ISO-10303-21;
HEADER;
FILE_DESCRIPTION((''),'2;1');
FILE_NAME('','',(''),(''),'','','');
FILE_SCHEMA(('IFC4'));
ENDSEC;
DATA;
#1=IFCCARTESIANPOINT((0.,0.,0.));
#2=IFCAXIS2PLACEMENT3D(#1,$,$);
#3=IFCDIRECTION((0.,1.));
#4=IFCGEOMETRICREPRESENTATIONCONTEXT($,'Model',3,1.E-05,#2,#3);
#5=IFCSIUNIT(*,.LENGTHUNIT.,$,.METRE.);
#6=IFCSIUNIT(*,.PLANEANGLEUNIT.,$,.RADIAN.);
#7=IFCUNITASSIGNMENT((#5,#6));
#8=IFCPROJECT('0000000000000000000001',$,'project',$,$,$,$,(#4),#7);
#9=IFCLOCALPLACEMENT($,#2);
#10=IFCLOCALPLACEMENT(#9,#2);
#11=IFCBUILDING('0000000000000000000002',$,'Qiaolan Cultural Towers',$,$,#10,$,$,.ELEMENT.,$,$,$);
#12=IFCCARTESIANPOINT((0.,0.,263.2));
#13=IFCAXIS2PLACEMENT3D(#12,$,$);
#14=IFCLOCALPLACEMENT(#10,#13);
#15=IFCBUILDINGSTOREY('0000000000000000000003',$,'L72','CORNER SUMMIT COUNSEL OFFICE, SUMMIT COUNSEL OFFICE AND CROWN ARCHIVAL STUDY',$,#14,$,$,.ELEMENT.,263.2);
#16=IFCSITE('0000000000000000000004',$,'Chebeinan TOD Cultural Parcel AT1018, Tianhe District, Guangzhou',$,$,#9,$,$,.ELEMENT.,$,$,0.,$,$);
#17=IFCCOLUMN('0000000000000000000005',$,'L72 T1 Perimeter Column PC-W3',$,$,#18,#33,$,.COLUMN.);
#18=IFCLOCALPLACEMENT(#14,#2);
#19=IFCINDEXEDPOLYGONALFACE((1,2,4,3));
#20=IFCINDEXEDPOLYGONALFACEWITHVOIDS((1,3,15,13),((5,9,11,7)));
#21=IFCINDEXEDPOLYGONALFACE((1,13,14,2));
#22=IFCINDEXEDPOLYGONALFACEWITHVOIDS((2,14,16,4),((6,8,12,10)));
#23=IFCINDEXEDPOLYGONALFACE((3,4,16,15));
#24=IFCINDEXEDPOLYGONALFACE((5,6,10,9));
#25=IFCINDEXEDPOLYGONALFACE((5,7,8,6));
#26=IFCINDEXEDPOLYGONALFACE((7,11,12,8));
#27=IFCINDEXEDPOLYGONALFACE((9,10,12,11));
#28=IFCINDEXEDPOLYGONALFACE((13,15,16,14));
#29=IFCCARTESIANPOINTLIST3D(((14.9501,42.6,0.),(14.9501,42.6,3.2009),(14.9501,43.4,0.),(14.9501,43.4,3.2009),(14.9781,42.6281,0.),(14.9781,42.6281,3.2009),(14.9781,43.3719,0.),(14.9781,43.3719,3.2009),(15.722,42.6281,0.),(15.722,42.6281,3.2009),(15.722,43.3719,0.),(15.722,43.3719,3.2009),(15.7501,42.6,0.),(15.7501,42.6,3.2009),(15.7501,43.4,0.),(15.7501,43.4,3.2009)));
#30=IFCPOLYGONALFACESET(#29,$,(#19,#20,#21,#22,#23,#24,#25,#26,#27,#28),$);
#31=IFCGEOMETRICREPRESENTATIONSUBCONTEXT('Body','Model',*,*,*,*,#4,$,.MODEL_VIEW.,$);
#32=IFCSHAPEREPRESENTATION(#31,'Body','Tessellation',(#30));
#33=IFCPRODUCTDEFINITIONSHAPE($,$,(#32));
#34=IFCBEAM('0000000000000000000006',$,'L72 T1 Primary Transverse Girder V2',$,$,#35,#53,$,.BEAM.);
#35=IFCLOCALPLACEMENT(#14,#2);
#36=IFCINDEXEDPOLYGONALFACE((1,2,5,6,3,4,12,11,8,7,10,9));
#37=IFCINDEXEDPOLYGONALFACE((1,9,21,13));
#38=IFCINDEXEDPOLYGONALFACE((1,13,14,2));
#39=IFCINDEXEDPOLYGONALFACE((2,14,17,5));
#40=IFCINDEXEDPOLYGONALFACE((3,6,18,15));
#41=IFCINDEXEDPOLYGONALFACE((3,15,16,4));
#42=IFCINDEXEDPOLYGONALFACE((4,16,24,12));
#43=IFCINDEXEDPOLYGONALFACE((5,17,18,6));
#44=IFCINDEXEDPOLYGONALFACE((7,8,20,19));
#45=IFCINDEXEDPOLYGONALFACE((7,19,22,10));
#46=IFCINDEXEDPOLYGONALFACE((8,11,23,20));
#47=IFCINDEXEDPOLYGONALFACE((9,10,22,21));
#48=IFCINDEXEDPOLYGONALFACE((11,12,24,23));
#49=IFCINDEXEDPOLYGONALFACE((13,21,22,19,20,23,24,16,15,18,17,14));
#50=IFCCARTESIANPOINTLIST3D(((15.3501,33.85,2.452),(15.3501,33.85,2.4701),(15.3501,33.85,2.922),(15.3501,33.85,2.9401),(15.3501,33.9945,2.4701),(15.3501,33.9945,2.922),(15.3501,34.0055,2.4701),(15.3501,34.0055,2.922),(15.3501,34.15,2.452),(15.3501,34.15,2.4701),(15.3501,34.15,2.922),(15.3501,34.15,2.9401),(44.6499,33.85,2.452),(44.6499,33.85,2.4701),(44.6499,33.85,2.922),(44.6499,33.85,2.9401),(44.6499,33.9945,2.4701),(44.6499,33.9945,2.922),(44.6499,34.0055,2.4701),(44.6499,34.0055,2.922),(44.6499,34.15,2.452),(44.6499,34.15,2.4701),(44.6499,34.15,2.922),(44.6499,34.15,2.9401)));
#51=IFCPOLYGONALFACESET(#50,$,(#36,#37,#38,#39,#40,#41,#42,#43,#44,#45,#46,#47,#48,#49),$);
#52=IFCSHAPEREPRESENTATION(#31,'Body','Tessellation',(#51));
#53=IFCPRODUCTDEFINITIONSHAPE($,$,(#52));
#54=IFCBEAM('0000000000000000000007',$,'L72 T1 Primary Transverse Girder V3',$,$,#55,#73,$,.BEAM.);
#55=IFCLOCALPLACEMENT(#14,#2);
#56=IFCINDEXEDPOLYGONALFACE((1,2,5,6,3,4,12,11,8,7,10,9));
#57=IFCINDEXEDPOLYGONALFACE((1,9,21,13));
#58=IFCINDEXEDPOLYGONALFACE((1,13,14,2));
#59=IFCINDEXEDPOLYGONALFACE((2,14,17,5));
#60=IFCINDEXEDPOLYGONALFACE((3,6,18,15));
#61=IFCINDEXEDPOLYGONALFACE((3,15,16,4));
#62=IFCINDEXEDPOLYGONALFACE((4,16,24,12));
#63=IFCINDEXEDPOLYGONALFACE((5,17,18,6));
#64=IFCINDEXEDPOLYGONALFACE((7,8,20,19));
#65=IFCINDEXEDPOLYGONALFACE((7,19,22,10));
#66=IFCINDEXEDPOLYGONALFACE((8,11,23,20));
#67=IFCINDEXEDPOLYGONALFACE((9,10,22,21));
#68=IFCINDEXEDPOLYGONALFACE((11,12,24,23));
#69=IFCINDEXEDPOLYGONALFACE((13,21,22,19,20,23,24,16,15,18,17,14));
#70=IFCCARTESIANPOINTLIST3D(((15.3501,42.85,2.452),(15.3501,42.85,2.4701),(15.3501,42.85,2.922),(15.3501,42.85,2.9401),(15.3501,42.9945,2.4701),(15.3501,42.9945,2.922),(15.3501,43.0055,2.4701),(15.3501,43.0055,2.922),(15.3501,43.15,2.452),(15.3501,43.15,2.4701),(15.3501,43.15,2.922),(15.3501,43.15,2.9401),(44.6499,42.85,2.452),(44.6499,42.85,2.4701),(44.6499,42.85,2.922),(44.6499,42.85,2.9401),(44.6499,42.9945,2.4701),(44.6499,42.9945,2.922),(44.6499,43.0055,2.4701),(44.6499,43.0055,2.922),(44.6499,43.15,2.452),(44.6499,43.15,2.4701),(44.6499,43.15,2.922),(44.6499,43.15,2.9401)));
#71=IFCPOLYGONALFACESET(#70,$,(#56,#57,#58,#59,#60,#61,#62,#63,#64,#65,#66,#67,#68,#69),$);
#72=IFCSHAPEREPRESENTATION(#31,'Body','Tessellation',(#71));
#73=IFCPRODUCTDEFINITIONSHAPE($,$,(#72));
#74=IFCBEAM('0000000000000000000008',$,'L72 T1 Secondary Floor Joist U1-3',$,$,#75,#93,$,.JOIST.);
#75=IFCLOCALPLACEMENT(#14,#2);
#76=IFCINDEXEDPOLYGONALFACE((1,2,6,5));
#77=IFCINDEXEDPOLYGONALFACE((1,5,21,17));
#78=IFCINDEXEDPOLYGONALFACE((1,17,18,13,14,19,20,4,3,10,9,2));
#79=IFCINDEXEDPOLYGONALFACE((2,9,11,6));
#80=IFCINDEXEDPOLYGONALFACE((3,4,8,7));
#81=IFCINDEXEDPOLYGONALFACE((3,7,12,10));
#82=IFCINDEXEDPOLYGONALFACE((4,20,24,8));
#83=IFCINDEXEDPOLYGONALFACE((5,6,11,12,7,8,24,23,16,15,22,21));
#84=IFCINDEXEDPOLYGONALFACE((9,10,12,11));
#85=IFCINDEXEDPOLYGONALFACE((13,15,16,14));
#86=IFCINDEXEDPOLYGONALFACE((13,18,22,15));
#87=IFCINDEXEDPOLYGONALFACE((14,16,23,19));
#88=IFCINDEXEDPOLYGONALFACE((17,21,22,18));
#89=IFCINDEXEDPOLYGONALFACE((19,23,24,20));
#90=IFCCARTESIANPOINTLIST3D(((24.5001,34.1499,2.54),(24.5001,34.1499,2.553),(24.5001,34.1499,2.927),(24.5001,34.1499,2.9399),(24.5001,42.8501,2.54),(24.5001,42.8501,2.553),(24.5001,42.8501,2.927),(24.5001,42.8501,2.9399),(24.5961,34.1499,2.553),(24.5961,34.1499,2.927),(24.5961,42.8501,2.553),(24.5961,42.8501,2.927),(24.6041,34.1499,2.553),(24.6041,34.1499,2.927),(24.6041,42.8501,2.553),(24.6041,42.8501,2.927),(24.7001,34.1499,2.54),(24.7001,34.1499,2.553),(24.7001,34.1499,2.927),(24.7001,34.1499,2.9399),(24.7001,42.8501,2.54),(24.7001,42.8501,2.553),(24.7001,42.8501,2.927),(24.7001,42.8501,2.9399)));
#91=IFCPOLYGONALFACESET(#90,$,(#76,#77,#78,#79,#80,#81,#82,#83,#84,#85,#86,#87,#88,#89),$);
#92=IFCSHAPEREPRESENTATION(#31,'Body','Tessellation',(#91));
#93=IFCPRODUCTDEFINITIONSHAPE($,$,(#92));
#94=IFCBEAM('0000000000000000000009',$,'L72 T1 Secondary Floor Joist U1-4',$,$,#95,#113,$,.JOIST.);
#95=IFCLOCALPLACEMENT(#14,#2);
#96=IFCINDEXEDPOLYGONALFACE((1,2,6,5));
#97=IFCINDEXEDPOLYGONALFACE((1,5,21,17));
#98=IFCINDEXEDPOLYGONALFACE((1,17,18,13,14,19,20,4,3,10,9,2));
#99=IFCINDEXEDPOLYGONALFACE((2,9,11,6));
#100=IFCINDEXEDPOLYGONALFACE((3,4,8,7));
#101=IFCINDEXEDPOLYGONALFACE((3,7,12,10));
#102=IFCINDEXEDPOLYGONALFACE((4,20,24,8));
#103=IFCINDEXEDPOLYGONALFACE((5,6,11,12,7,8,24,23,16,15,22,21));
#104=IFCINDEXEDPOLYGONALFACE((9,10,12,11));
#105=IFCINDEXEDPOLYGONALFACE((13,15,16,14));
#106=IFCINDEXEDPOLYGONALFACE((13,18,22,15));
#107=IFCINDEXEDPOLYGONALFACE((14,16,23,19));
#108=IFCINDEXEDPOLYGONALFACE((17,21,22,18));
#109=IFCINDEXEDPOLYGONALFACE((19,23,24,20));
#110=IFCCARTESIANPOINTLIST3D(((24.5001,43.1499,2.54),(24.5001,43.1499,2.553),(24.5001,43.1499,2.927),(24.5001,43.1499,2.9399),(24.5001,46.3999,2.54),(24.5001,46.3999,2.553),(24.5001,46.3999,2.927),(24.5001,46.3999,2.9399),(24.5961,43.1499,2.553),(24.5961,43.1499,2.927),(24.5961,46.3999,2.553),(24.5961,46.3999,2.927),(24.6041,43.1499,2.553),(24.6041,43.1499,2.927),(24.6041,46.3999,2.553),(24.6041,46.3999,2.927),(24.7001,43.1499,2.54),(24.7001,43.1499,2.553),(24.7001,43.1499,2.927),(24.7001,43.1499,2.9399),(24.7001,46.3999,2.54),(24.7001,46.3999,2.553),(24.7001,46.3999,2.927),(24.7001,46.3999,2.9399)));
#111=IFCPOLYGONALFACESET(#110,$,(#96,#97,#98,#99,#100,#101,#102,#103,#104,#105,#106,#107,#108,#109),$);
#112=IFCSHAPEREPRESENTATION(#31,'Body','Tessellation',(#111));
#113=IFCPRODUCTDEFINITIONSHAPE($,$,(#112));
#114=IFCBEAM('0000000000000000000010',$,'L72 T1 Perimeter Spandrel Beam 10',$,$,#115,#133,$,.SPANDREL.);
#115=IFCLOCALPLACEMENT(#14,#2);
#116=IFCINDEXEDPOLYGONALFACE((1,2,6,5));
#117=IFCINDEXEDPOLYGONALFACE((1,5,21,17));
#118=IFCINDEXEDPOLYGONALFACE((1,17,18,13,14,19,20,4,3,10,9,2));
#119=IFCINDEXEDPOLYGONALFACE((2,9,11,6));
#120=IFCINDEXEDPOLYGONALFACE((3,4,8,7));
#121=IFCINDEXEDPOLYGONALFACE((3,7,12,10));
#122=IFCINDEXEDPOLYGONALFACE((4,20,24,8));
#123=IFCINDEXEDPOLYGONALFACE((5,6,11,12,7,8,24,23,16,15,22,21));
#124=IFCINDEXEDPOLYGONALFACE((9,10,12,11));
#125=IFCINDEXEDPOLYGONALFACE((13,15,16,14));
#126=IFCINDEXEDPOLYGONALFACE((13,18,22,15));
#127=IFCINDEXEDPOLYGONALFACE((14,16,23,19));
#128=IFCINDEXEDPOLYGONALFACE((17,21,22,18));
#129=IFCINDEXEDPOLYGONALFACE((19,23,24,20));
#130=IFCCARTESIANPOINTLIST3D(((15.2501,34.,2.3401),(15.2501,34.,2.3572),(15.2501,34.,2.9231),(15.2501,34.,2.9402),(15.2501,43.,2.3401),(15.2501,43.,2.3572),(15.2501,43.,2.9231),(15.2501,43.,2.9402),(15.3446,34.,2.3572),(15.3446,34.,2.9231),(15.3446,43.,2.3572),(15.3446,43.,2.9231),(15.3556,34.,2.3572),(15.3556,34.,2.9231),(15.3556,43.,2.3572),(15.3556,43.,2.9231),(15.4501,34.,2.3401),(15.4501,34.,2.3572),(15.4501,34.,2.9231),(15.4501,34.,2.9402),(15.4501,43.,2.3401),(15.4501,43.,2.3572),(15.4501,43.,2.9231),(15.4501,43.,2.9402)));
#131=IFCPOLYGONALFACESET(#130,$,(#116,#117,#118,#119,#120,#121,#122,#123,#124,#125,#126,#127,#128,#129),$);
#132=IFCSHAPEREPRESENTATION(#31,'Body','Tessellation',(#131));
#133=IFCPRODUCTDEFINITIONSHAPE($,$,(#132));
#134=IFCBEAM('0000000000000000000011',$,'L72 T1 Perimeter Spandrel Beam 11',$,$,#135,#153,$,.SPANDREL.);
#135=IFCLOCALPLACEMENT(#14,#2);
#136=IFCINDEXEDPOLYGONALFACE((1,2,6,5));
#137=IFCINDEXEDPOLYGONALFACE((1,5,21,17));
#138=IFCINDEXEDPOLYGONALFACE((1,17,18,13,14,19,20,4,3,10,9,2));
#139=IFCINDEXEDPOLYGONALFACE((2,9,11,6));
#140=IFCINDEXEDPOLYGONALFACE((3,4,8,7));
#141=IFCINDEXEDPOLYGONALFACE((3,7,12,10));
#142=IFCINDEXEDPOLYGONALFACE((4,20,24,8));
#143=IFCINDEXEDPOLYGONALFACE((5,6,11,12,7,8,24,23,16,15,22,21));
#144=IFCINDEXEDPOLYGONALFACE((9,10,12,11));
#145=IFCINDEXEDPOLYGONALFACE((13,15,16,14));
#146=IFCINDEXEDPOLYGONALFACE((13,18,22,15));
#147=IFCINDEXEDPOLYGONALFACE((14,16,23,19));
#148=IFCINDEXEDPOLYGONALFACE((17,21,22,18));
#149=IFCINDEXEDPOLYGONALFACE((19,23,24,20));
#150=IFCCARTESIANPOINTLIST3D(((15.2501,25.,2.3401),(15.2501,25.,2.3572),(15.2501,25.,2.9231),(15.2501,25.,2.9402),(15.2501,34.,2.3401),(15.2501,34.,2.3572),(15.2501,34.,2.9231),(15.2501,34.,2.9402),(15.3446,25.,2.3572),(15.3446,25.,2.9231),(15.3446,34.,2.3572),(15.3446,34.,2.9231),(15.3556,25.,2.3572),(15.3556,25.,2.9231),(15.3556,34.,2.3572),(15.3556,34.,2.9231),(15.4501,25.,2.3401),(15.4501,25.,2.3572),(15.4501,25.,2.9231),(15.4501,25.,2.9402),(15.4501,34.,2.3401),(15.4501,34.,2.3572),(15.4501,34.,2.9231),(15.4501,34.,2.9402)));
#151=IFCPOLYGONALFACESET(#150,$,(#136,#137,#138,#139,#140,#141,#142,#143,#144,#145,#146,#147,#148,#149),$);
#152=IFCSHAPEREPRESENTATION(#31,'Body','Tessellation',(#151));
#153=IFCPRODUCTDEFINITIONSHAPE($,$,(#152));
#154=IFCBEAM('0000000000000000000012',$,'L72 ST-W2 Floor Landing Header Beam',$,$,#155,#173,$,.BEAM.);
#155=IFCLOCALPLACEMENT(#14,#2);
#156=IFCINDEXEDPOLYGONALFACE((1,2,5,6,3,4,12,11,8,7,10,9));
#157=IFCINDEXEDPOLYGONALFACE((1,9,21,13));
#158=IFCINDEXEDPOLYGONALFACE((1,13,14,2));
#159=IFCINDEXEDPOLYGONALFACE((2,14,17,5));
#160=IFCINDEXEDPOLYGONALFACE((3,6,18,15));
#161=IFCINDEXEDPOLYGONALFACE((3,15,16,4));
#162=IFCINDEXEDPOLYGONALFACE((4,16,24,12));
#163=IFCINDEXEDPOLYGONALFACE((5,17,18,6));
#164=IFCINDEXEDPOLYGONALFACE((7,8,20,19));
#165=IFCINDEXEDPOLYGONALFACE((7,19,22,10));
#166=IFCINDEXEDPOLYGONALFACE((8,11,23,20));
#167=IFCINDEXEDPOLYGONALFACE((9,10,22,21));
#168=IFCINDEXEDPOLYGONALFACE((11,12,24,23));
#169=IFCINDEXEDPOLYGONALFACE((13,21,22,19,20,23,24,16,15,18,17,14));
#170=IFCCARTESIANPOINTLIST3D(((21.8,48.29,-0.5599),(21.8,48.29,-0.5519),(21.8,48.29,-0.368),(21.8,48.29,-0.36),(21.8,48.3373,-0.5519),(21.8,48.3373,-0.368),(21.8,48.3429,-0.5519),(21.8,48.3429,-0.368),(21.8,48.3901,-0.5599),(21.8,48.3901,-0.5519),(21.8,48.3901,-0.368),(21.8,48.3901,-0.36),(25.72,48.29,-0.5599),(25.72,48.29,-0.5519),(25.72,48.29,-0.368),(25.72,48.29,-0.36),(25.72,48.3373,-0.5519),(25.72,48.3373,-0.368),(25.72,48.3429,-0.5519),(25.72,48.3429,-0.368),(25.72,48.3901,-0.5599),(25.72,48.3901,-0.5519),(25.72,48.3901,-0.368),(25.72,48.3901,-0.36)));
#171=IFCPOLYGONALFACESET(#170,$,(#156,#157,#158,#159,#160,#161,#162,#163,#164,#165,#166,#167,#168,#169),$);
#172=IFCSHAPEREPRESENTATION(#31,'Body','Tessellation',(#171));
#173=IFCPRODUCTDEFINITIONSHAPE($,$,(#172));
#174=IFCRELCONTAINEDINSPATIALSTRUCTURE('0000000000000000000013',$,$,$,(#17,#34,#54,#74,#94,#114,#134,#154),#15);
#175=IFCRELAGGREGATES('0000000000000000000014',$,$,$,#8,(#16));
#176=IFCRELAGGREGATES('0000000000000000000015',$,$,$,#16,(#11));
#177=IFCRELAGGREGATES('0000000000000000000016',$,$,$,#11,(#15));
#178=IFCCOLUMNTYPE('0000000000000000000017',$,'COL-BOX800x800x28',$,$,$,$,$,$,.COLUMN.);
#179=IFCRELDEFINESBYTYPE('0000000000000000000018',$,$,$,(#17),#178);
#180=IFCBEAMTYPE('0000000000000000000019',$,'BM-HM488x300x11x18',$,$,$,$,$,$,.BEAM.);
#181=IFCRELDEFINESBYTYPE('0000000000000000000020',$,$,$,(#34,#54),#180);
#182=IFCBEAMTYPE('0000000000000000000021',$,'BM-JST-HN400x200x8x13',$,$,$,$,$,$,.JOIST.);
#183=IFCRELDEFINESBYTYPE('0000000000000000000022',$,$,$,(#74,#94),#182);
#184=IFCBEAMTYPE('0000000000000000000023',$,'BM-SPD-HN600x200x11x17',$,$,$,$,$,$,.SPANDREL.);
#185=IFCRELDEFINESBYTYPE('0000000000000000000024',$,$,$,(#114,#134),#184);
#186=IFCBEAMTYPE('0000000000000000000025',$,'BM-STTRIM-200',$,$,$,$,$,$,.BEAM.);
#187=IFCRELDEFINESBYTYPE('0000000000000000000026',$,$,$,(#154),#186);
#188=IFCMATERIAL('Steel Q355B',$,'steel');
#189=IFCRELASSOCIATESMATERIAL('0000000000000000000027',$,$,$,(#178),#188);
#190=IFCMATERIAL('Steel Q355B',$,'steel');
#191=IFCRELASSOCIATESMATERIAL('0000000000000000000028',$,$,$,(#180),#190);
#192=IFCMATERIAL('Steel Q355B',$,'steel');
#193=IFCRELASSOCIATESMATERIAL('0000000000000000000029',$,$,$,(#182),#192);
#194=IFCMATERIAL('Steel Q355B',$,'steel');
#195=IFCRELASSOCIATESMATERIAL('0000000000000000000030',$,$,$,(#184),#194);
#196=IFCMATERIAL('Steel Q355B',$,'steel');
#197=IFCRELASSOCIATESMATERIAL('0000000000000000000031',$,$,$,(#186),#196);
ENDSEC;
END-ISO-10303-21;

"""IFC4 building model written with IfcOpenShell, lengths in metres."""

from ifc_helpers import new_model, si_unit, direction, frame, origin, origin_2d, place, context, subcontext, project, spatial, hollow_rectangle, i_section, extrude, material, material_profile, profile_set, type_object, element, save


model = new_model("IFC4")

# Units and contexts
model_context = context("Model", 3, precision=1e-05, world=origin(), true_north=direction((0.0, 1.0)))
body_context = subcontext(model_context, "Body", "Model", "MODEL_VIEW")
ifc_project = project(units=[si_unit("LENGTHUNIT", "METRE"), si_unit("PLANEANGLEUNIT", "RADIAN")], contexts=[model_context])

# Site, building, storey
site_placement = place(None, origin())
site = spatial("IfcSite", under=ifc_project, at=site_placement, Name="Chebeinan TOD Cultural Parcel AT1018, Tianhe District, Guangzhou", CompositionType="ELEMENT", RefElevation=0.0)
building_placement = place(site_placement, origin())
building = spatial("IfcBuilding", under=site, at=building_placement, Name="Qiaolan Cultural Towers", CompositionType="ELEMENT")
storey_placement = place(building_placement, frame((0.0, 0.0, 263.2)))
storey = spatial("IfcBuildingStorey", under=building, at=storey_placement, Name="L72", Description="CORNER SUMMIT COUNSEL OFFICE, SUMMIT COUNSEL OFFICE AND CROWN ARCHIVAL STUDY", CompositionType="ELEMENT", Elevation=263.2)

# Column
ifc_material_1 = material(Name="Steel Q355B", Category="steel")
ifc_material_profile_1 = material_profile(ifc_material_1, hollow_rectangle(XDim=0.8, YDim=0.8, WallThickness=0.0281, at=origin_2d()), Name="BOX800x800x28")
ifc_profile_set_1 = profile_set([ifc_material_profile_1], Name="Steel Q355B")
column_type = type_object("IfcColumnType", Name="COL-BOX800x800x28", PredefinedType="COLUMN", material=ifc_profile_set_1)
column_placement = place(storey_placement, frame((15.3501, 43.0, 0.0), z_axis=(0.0, 0.0, 1.0), x_axis=(1.0, 0.0, 0.0)))
element("IfcColumn", 1, at=column_placement, inside=storey, type_object=column_type, Name="L72 T1 Perimeter Column PC-W3", PredefinedType="COLUMN", context=body_context, shape_type="SweptSolid", body=[
    extrude(hollow_rectangle(XDim=0.8, YDim=0.8, WallThickness=0.0281, at=origin_2d()), origin(), (0.0, 0.0, 1.0), 3.2009),
])

# Beams
ifc_material_2 = material(Name="Steel Q355B", Category="steel")
ifc_material_profile_2 = material_profile(ifc_material_2, i_section(OverallWidth=0.3, OverallDepth=0.488, WebThickness=0.011, FlangeThickness=0.0181, at=origin_2d()), Name="HM488x300x11x18")
ifc_profile_set_2 = profile_set([ifc_material_profile_2], Name="Steel Q355B")
beam_type_1 = type_object("IfcBeamType", Name="BM-HM488x300x11x18", PredefinedType="BEAM", material=ifc_profile_set_2)
for number, where, z_axis, x_axis, name in (
    (2, (15.3501, 34.0, 2.696), (1.0, 0.0, 0.0), (0.0, 1.0, 0.0), "L72 T1 Primary Transverse Girder V2"),
    (3, (15.3501, 43.0, 2.696), (1.0, 0.0, 0.0), (0.0, 1.0, 0.0), "L72 T1 Primary Transverse Girder V3"),
):
    element("IfcBeam", number, at=place(storey_placement, frame(where, z_axis=z_axis, x_axis=x_axis)), inside=storey, type_object=beam_type_1, Name=name, PredefinedType="BEAM", context=body_context, shape_type="SweptSolid", body=[
        extrude(i_section(OverallWidth=0.3, OverallDepth=0.488, WebThickness=0.011, FlangeThickness=0.0181, at=origin_2d()), origin(), (0.0, 0.0, 1.0), 29.2998),
    ])
ifc_material_3 = material(Name="Steel Q355B", Category="steel")
ifc_material_profile_3 = material_profile(ifc_material_3, i_section(OverallWidth=0.2, OverallDepth=0.3999, WebThickness=0.0081, FlangeThickness=0.0129, at=origin_2d()), Name="HN400x200x8x13")
ifc_profile_set_3 = profile_set([ifc_material_profile_3], Name="Steel Q355B")
beam_type_2 = type_object("IfcBeamType", Name="BM-JST-HN400x200x8x13", PredefinedType="JOIST", material=ifc_profile_set_3)
beam_1_placement = place(storey_placement, frame((24.6001, 34.1499, 2.74), z_axis=(0.0, 1.0, 0.0), x_axis=(-1.0, 0.0, 0.0)))
element("IfcBeam", 4, at=beam_1_placement, inside=storey, type_object=beam_type_2, Name="L72 T1 Secondary Floor Joist U1-3", PredefinedType="JOIST", context=body_context, shape_type="SweptSolid", body=[
    extrude(i_section(OverallWidth=0.2, OverallDepth=0.3999, WebThickness=0.0081, FlangeThickness=0.0129, at=origin_2d()), origin(), (0.0, 0.0, 1.0), 8.7002),
])
beam_2_placement = place(storey_placement, frame((24.6001, 43.1499, 2.74), z_axis=(0.0, 1.0, 0.0), x_axis=(-1.0, 0.0, 0.0)))
element("IfcBeam", 5, at=beam_2_placement, inside=storey, type_object=beam_type_2, Name="L72 T1 Secondary Floor Joist U1-4", PredefinedType="JOIST", context=body_context, shape_type="SweptSolid", body=[
    extrude(i_section(OverallWidth=0.2, OverallDepth=0.3999, WebThickness=0.0081, FlangeThickness=0.0129, at=origin_2d()), origin(), (0.0, 0.0, 1.0), 3.25),
])
ifc_material_4 = material(Name="Steel Q355B", Category="steel")
ifc_material_profile_4 = material_profile(ifc_material_4, i_section(OverallWidth=0.2, OverallDepth=0.6001, WebThickness=0.011, FlangeThickness=0.0171, at=origin_2d()), Name="HN600x200x11x17")
ifc_profile_set_4 = profile_set([ifc_material_profile_4], Name="Steel Q355B")
beam_type_3 = type_object("IfcBeamType", Name="BM-SPD-HN600x200x11x17", PredefinedType="SPANDREL", material=ifc_profile_set_4)
for number, where, z_axis, x_axis, name in (
    (6, (15.3501, 43.0, 2.6401), (0.0, -1.0, 0.0), (1.0, 0.0, 0.0), "L72 T1 Perimeter Spandrel Beam 10"),
    (7, (15.3501, 34.0, 2.6401), (0.0, -1.0, 0.0), (1.0, 0.0, 0.0), "L72 T1 Perimeter Spandrel Beam 11"),
):
    element("IfcBeam", number, at=place(storey_placement, frame(where, z_axis=z_axis, x_axis=x_axis)), inside=storey, type_object=beam_type_3, Name=name, PredefinedType="SPANDREL", context=body_context, shape_type="SweptSolid", body=[
        extrude(i_section(OverallWidth=0.2, OverallDepth=0.6001, WebThickness=0.011, FlangeThickness=0.0171, at=origin_2d()), origin(), (0.0, 0.0, 1.0), 9.0),
    ])
ifc_material_5 = material(Name="Steel Q355B", Category="steel")
ifc_material_profile_5 = material_profile(ifc_material_5, i_section(OverallWidth=0.1001, OverallDepth=0.2, WebThickness=0.0056, FlangeThickness=0.0081, at=origin_2d()), Name="HN200x100x5.5x8")
ifc_profile_set_5 = profile_set([ifc_material_profile_5], Name="Steel Q355B")
beam_type_4 = type_object("IfcBeamType", Name="BM-STTRIM-200", PredefinedType="BEAM", material=ifc_profile_set_5)
beam_3_placement = place(storey_placement, frame((21.8, 48.3401, -0.46), z_axis=(1.0, 0.0, 0.0), x_axis=(0.0, 1.0, 0.0)))
element("IfcBeam", 8, at=beam_3_placement, inside=storey, type_object=beam_type_4, Name="L72 ST-W2 Floor Landing Header Beam", PredefinedType="BEAM", context=body_context, shape_type="SweptSolid", body=[
    extrude(i_section(OverallWidth=0.1001, OverallDepth=0.2, WebThickness=0.0056, FlangeThickness=0.0081, at=origin_2d()), origin(), (0.0, 0.0, 1.0), 3.9199),
])

save(model, "model.ifc")
